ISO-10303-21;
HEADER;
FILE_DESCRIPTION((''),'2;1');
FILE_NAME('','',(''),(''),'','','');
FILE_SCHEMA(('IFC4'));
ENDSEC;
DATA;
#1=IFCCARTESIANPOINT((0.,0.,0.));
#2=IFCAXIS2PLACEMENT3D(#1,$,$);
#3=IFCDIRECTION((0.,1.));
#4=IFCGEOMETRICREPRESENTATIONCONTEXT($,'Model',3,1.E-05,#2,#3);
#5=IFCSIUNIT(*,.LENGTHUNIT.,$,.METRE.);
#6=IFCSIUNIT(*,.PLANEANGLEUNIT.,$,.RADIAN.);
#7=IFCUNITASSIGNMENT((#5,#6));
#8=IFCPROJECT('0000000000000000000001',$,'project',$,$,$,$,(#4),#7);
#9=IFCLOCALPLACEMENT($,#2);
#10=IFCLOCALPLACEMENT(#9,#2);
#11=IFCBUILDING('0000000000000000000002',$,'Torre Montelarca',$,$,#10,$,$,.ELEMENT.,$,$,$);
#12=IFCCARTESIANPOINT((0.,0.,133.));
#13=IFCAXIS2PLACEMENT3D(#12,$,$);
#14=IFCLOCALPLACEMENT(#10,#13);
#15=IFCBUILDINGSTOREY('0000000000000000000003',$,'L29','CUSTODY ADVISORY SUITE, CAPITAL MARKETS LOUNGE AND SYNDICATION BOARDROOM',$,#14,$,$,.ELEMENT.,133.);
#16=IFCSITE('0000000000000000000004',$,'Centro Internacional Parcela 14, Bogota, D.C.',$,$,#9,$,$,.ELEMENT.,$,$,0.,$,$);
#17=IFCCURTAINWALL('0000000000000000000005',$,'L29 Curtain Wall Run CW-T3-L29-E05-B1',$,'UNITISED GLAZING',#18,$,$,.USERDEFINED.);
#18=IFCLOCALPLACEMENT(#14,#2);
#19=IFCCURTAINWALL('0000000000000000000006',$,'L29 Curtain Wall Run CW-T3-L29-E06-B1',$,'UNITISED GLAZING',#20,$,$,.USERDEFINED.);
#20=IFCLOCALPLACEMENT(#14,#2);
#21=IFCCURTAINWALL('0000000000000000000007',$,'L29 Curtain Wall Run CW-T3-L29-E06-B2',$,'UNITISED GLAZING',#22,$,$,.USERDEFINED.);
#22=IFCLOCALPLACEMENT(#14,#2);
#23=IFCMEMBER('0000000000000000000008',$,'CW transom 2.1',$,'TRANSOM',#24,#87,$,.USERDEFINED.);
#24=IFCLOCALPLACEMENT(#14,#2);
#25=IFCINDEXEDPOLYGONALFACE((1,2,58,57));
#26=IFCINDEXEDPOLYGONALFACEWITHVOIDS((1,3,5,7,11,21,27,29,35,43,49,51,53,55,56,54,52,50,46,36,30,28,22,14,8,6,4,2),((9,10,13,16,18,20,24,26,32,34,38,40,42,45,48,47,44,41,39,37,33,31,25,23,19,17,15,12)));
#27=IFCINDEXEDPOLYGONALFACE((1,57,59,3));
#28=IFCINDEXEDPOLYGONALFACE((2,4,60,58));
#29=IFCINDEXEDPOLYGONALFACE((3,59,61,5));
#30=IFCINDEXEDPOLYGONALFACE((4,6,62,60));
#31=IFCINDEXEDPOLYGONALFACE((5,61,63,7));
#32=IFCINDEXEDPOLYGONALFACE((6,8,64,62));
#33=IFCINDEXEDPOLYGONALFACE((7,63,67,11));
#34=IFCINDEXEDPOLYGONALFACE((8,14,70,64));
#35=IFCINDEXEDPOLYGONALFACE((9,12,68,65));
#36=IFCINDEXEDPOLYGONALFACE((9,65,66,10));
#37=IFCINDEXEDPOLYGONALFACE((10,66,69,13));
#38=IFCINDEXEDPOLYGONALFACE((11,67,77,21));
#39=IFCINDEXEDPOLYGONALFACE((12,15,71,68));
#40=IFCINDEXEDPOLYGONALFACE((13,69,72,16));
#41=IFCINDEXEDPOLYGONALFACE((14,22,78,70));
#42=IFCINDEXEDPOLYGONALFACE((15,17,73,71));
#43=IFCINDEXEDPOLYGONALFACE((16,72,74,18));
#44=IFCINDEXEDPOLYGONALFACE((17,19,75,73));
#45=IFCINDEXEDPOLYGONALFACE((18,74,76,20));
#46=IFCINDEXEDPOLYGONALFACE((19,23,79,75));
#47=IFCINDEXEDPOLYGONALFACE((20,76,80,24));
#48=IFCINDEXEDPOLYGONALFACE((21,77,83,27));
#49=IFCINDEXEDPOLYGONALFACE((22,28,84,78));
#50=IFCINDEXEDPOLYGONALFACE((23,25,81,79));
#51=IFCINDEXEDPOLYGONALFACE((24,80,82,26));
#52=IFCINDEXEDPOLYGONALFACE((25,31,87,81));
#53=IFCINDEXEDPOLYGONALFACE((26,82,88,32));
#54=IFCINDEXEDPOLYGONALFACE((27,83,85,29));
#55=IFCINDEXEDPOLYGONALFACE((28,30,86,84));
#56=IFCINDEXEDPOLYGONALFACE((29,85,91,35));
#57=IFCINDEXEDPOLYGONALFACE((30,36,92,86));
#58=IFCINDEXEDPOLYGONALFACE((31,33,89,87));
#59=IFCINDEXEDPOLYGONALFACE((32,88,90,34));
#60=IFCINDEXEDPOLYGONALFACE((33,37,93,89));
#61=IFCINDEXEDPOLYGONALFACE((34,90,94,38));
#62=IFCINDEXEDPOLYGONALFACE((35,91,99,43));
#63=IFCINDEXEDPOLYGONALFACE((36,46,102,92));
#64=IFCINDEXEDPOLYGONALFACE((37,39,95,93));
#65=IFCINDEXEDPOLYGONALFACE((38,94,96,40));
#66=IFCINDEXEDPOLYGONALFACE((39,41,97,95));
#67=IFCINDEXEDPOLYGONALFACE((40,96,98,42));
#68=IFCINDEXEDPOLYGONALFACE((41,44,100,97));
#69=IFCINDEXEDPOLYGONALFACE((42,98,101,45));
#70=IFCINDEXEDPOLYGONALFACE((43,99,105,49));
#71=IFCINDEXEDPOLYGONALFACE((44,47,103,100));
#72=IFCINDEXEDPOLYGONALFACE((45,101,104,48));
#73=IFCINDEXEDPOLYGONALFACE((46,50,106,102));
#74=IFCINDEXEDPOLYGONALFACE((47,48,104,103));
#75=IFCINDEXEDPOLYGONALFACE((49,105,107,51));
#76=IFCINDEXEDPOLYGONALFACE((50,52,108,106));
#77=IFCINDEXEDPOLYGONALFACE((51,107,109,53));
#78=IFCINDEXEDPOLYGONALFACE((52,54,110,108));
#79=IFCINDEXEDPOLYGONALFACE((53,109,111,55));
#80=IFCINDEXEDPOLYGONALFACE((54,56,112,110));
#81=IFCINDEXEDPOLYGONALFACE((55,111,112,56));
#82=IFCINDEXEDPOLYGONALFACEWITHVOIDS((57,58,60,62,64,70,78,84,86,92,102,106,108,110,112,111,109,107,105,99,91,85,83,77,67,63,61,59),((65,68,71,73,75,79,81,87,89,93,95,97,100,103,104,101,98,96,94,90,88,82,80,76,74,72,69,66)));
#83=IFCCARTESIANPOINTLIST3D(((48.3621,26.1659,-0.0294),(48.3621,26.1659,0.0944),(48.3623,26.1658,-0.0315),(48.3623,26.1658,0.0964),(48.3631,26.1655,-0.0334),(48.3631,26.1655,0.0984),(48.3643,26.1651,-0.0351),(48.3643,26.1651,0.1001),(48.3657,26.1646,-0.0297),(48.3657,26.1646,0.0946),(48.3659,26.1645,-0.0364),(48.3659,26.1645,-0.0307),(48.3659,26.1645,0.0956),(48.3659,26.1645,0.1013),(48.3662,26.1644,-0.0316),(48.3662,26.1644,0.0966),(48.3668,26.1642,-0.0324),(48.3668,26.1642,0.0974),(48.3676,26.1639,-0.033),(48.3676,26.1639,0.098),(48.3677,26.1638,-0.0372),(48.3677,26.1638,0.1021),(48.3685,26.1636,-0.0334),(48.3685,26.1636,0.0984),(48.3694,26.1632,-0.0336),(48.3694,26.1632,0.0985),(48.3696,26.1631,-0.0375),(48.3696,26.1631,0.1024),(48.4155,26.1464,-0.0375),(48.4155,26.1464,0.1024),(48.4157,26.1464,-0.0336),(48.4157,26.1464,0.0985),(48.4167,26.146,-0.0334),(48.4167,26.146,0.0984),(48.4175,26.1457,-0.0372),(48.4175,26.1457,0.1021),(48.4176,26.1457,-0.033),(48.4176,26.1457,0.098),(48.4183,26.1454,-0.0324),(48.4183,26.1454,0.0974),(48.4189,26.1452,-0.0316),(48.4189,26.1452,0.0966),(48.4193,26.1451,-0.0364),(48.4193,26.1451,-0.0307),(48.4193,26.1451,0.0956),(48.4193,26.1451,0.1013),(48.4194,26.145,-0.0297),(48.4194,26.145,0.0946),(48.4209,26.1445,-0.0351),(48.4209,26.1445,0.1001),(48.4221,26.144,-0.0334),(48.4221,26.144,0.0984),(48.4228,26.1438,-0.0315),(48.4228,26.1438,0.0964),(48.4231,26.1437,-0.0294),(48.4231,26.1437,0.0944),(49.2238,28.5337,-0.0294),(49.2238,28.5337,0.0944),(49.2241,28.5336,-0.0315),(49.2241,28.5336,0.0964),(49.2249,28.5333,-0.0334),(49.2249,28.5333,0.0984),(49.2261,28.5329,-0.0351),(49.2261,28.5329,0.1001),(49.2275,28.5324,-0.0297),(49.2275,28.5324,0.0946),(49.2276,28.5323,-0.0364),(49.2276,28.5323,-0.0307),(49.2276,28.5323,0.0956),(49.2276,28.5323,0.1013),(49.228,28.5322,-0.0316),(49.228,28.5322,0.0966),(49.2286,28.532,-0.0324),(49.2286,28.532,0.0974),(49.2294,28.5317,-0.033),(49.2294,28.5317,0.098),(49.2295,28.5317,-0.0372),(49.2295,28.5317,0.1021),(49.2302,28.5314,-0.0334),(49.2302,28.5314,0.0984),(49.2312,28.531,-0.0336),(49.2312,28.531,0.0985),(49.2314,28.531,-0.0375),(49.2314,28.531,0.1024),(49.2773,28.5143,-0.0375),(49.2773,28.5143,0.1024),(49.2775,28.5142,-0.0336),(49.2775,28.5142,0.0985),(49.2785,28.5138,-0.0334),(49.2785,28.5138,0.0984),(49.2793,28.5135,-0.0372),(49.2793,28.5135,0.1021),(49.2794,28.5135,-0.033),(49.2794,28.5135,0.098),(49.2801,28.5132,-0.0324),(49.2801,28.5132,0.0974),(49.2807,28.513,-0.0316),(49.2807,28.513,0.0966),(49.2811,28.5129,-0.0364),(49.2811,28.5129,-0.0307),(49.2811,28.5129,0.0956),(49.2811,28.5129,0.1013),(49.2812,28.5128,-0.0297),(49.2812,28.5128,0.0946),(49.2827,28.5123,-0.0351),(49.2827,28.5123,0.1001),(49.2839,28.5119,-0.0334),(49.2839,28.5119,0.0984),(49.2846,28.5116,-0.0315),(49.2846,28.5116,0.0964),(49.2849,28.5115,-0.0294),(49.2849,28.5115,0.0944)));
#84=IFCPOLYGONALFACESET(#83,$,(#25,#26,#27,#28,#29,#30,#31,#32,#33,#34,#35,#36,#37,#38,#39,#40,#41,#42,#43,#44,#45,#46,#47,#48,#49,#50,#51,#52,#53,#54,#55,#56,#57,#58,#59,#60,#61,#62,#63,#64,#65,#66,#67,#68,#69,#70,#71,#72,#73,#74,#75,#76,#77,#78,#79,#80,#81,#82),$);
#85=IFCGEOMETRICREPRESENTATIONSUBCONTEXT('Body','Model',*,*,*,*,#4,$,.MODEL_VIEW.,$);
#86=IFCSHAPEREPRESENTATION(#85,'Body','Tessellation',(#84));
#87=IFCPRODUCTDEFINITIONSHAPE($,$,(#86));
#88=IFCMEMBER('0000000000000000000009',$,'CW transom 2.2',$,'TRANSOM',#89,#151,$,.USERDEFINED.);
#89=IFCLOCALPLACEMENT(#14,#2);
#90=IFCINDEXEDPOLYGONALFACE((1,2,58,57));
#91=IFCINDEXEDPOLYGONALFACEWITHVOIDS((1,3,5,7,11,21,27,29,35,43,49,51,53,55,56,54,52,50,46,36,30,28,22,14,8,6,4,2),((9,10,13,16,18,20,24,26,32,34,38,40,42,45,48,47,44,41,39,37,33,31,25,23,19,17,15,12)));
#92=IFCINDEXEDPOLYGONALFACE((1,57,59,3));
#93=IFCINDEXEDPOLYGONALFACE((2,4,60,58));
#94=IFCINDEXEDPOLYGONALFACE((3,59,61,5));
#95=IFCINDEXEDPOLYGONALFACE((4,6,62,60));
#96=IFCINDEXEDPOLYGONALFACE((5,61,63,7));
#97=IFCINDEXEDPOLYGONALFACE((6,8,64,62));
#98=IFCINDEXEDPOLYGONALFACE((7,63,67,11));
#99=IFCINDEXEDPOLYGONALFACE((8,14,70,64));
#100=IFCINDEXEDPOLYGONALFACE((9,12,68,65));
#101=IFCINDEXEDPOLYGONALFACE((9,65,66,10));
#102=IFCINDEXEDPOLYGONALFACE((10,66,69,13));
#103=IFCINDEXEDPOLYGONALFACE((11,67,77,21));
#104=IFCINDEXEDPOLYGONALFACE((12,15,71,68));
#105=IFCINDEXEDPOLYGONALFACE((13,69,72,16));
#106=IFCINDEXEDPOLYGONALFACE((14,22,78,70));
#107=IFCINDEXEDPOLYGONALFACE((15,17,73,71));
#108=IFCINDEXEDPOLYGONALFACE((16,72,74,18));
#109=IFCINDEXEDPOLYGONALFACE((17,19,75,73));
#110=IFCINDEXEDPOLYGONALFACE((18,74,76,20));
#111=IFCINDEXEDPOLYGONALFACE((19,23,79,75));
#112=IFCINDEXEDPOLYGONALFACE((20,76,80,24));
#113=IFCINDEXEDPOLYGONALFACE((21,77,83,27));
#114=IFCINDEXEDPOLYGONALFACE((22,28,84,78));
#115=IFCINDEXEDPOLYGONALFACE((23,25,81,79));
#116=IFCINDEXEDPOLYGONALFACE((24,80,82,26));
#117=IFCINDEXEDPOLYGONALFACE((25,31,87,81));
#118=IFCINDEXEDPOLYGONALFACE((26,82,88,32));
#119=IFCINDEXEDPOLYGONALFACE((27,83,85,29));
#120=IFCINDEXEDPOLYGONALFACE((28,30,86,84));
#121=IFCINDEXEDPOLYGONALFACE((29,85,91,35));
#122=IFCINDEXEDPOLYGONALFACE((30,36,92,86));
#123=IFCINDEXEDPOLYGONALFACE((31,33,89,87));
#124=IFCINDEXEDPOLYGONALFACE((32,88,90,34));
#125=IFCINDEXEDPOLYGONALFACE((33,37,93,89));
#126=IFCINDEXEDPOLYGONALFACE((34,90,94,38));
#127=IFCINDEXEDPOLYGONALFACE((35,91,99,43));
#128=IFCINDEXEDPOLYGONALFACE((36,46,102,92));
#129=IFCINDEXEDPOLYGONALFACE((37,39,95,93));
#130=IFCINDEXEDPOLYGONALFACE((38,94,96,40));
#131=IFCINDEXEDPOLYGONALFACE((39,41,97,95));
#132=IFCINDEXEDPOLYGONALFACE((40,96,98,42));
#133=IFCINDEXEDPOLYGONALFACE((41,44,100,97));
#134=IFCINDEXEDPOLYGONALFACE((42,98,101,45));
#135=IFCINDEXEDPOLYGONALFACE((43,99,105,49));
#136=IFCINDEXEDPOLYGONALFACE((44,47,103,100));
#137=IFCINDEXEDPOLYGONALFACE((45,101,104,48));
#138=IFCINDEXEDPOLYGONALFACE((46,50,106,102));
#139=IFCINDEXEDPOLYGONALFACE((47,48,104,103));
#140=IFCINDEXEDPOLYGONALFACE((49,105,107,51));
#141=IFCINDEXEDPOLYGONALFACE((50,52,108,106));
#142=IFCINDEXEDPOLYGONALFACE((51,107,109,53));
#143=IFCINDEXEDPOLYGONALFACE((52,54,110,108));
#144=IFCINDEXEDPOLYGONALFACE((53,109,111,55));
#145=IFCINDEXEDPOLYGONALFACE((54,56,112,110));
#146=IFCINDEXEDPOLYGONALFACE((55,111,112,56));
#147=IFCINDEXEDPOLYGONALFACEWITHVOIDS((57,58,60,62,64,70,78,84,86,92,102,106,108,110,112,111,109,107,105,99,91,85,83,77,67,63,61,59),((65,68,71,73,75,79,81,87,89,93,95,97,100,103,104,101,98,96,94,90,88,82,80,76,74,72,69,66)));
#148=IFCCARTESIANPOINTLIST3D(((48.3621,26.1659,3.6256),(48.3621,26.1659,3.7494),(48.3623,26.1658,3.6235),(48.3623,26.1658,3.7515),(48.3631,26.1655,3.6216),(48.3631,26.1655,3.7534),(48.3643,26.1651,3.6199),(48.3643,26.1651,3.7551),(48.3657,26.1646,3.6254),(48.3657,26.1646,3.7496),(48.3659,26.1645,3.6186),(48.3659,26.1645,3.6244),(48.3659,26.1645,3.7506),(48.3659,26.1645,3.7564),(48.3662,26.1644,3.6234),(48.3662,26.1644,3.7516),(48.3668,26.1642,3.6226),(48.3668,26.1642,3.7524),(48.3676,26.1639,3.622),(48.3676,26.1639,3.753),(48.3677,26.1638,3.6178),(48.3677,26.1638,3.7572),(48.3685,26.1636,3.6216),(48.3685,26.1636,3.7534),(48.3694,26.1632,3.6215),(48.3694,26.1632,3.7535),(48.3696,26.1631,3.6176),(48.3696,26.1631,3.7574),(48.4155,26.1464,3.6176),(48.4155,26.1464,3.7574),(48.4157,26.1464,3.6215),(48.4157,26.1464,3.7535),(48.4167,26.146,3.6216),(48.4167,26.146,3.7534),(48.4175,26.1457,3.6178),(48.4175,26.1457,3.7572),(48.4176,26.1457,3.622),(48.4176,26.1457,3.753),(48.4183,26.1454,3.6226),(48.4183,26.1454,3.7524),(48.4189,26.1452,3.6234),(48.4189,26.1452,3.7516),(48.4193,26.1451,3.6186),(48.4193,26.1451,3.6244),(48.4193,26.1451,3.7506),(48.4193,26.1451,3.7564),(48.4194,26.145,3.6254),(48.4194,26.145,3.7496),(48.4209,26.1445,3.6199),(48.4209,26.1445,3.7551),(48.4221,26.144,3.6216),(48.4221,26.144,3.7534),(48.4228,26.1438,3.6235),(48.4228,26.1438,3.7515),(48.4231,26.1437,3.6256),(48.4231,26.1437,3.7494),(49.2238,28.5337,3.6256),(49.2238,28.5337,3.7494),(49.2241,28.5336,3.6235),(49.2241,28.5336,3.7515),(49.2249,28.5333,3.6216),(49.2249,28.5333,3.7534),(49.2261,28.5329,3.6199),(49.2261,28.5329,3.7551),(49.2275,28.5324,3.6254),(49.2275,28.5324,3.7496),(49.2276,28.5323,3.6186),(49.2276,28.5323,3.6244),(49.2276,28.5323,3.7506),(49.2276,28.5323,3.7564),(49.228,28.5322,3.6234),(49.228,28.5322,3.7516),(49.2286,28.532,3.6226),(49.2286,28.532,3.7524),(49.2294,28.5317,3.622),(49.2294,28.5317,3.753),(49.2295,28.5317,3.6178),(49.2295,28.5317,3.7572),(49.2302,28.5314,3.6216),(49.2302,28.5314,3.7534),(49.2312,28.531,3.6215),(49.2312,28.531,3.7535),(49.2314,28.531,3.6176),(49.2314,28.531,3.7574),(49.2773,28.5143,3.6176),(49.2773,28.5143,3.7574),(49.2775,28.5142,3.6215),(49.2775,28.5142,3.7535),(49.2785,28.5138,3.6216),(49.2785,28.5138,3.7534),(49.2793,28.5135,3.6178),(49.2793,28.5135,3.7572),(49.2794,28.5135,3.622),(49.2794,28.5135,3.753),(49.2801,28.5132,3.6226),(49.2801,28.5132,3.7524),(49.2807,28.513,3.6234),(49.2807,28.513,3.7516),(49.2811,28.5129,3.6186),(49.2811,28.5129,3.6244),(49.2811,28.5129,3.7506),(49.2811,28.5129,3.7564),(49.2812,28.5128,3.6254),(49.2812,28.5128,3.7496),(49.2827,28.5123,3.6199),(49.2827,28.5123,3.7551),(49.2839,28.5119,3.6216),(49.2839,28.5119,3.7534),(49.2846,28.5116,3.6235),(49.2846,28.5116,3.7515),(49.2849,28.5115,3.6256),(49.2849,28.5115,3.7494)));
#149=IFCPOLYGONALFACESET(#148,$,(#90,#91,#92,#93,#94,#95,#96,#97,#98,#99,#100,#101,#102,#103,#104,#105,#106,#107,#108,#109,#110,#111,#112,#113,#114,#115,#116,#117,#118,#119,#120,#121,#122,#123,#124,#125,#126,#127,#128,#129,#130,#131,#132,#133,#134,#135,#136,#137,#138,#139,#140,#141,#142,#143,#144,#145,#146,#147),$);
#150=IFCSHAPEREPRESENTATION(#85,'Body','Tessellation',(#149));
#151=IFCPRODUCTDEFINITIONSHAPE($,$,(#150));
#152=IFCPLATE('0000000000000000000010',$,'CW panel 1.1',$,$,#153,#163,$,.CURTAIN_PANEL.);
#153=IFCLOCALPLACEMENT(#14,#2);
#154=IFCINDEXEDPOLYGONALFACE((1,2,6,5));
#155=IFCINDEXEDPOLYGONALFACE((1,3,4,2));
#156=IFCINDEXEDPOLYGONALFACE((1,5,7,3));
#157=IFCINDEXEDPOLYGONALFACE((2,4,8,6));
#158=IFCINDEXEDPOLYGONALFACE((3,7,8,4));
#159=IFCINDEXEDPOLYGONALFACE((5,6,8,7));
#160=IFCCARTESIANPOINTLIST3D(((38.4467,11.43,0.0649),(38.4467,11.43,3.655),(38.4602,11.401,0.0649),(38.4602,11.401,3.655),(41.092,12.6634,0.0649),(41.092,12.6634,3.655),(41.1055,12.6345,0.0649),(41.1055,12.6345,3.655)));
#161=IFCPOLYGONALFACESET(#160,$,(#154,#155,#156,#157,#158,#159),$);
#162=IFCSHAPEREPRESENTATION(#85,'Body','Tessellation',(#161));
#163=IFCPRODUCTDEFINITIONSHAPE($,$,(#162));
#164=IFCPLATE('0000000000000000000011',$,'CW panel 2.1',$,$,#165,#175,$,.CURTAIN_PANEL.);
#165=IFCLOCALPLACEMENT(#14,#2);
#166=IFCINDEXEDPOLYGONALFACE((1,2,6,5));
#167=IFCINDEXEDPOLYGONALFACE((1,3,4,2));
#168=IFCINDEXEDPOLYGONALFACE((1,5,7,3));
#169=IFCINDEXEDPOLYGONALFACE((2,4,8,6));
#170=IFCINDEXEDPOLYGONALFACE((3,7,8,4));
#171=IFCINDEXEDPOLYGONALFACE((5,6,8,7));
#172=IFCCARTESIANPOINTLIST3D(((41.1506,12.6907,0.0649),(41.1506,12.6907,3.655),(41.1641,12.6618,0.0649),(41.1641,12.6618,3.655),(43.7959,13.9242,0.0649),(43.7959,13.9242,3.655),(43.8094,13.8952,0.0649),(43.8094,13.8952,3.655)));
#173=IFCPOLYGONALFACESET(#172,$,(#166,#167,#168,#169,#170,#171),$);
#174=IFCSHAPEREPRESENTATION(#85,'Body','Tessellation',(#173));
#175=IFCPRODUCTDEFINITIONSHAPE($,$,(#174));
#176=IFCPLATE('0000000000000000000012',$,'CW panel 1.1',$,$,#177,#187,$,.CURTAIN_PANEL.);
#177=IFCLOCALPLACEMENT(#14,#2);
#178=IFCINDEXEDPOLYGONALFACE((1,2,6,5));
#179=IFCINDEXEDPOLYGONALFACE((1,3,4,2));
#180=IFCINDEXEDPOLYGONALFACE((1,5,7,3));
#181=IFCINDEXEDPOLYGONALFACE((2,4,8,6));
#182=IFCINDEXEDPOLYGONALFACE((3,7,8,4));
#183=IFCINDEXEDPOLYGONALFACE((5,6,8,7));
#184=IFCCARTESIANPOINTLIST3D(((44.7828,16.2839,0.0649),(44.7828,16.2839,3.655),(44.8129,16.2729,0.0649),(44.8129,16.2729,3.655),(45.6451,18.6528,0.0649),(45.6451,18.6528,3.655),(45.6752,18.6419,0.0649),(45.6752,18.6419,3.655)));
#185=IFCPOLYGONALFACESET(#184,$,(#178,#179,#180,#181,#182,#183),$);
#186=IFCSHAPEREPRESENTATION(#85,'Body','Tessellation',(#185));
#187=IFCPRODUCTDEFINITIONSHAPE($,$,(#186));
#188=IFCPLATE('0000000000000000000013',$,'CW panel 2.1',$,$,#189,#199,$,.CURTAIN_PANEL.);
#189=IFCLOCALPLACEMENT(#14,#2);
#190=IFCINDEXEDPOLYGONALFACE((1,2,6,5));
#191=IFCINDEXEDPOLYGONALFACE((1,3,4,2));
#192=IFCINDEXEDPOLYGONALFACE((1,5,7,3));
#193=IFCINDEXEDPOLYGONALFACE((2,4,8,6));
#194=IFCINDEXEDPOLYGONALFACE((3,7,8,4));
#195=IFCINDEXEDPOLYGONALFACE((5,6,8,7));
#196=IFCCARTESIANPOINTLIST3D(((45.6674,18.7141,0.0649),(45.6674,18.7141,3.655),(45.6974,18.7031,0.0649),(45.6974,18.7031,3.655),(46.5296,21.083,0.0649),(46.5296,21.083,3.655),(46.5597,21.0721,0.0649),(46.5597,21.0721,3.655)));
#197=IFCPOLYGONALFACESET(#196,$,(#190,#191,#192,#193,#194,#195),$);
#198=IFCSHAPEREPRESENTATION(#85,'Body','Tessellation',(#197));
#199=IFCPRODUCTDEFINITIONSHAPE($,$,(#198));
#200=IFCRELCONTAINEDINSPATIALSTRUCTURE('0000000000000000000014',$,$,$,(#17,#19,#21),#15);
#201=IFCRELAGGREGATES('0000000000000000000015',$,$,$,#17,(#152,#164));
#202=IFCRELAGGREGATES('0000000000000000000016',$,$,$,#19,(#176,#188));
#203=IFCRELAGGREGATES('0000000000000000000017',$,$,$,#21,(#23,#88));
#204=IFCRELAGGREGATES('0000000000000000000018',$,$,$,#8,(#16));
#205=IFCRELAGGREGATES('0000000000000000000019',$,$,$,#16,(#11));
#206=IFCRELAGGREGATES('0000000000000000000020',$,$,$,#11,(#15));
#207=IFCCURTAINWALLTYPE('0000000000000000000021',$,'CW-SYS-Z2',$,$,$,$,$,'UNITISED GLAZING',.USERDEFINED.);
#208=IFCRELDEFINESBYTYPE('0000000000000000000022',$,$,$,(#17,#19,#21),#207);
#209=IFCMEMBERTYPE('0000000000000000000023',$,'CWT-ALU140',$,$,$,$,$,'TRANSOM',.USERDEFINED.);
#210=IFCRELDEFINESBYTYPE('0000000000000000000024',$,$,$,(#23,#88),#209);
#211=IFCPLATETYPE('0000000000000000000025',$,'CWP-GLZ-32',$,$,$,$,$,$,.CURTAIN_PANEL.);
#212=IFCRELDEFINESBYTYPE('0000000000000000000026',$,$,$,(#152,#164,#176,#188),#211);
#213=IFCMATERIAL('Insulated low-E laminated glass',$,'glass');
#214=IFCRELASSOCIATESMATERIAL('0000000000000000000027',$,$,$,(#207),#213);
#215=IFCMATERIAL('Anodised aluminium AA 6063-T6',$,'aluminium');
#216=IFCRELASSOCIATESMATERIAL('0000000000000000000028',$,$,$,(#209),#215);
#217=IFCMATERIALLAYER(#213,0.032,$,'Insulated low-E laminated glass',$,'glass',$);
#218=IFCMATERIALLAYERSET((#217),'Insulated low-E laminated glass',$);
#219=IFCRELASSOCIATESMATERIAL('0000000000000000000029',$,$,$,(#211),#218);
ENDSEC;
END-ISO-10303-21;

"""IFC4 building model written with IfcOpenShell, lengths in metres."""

from ifc_helpers import new_model, si_unit, direction, frame, origin, origin_2d, place, context, subcontext, project, spatial, rectangle, hollow_rectangle, extrude, source, transform, mapped, material, layer, layer_set, material_profile, profile_set, type_object, element, aggregate, save


model = new_model("IFC4")

# Units and contexts
model_context = context("Model", 3, precision=1e-05, world=origin(), true_north=direction((0.0, 1.0)))
body_context = subcontext(model_context, "Body", "Model", "MODEL_VIEW")
ifc_project = project(units=[si_unit("LENGTHUNIT", "METRE"), si_unit("PLANEANGLEUNIT", "RADIAN")], contexts=[model_context])

# Site, building, storey
site_placement = place(None, origin())
site = spatial("IfcSite", under=ifc_project, at=site_placement, Name="Centro Internacional Parcela 14, Bogota, D.C.", CompositionType="ELEMENT", RefElevation=0.0)
building_placement = place(site_placement, origin())
building = spatial("IfcBuilding", under=site, at=building_placement, Name="Torre Montelarca", CompositionType="ELEMENT")
storey_placement = place(building_placement, frame((0.0, 0.0, 133.0)))
storey = spatial("IfcBuildingStorey", under=building, at=storey_placement, Name="L29", Description="CUSTODY ADVISORY SUITE, CAPITAL MARKETS LOUNGE AND SYNDICATION BOARDROOM", CompositionType="ELEMENT", Elevation=133.0)

# Curtain walls
ifc_material_1 = material(Name="Insulated low-E laminated glass", Category="glass")
curtain_wall_type = type_object("IfcCurtainWallType", Name="CW-SYS-Z2", ElementType="UNITISED GLAZING", PredefinedType="USERDEFINED", material=ifc_material_1)
curtain_wall_1_placement = place(storey_placement, origin())
curtain_wall_1 = element("IfcCurtainWall", 1, at=curtain_wall_1_placement, inside=storey, type_object=curtain_wall_type, Name="L29 Curtain Wall Run CW-T3-L29-E05-B1", ObjectType="UNITISED GLAZING", PredefinedType="USERDEFINED")
ifc_material_2 = material(Name="Anodised aluminium AA 6063-T6", Category="aluminium")
ifc_material_profile_1 = material_profile(ifc_material_2, hollow_rectangle(XDim=0.0649, YDim=0.1399, WallThickness=0.0039, InnerFilletRadius=0.0039, OuterFilletRadius=0.0081, at=origin_2d()), Name="ALU65X140X4", Category="aluminium")
ifc_profile_set_1 = profile_set([ifc_material_profile_1], Name="Anodised aluminium AA 6063-T6")
member_type_1 = type_object("IfcMemberType", Name="CWT-ALU140", ElementType="TRANSOM", PredefinedType="USERDEFINED", material=ifc_profile_set_1)
curtain_wall_2_placement = place(storey_placement, origin())
curtain_wall_2 = element("IfcCurtainWall", 2, at=curtain_wall_2_placement, inside=storey, type_object=curtain_wall_type, Name="L29 Curtain Wall Run CW-T3-L29-E06-B1", ObjectType="UNITISED GLAZING", PredefinedType="USERDEFINED")
curtain_wall_3_placement = place(storey_placement, origin())
curtain_wall_3 = element("IfcCurtainWall", 3, at=curtain_wall_3_placement, inside=storey, type_object=curtain_wall_type, Name="L29 Curtain Wall Run CW-T3-L29-E06-B2", ObjectType="UNITISED GLAZING", PredefinedType="USERDEFINED")

# Members
shared_shape_1 = source(origin(), body_context, "Body", "SweptSolid", [
    extrude(hollow_rectangle(XDim=0.0649, YDim=0.1399, WallThickness=0.0039, InnerFilletRadius=0.0039, OuterFilletRadius=0.0081, at=origin_2d()), origin(), (0.0, 0.0, 1.0), 2.5198),
])
member_1_placement = place(storey_placement, frame((48.3926, 26.1548, 0.0325), z_axis=(0.342008, 0.939697, 0.0), x_axis=(-0.939697, 0.342008, 0.0)))
member_1 = element("IfcMember", 4, at=member_1_placement, type_object=member_type_1, Name="CW transom 2.1", ObjectType="TRANSOM", PredefinedType="USERDEFINED", context=body_context, shape_type="MappedRepresentation", body=[
    mapped(shared_shape_1, transform((0.0, 0.0, 0.0), scale=1.0)),
])
member_2_placement = place(storey_placement, frame((48.3926, 26.1548, 3.6875), z_axis=(0.342008, 0.939697, 0.0), x_axis=(-0.939697, 0.342008, 0.0)))
member_2 = element("IfcMember", 5, at=member_2_placement, type_object=member_type_1, Name="CW transom 2.2", ObjectType="TRANSOM", PredefinedType="USERDEFINED", context=body_context, shape_type="MappedRepresentation", body=[
    mapped(shared_shape_1, transform((0.0, 0.0, 0.0), scale=1.0)),
])

# Plates
ifc_layer_1 = layer(ifc_material_1, 0.032, Name="Insulated low-E laminated glass", Category="glass")
ifc_layer_set_1 = layer_set([ifc_layer_1], Name="Insulated low-E laminated glass")
plate_type = type_object("IfcPlateType", Name="CWP-GLZ-32", PredefinedType="CURTAIN_PANEL", material=ifc_layer_set_1)
shared_shape_2 = source(origin(), body_context, "Body", "SweptSolid", [
    extrude(rectangle(XDim=2.9187, YDim=0.032, at=origin_2d()), origin(), (0.0, 0.0, 1.0), 3.5901),
])
plate_1_placement = place(storey_placement, frame((39.7761, 12.0322, 0.0649), z_axis=(0.0, 0.0, 1.0), x_axis=(0.906317, 0.422598, 0.0)))
plate_1 = element("IfcPlate", 6, at=plate_1_placement, type_object=plate_type, Name="CW panel 1.1", PredefinedType="CURTAIN_PANEL", context=body_context, shape_type="MappedRepresentation", body=[
    mapped(shared_shape_2, transform((0.0, 0.0, 0.0), scale=1.0)),
])
plate_2_placement = place(storey_placement, frame((42.48, 13.293, 0.0649), z_axis=(0.0, 0.0, 1.0), x_axis=(0.906317, 0.422598, 0.0)))
plate_2 = element("IfcPlate", 7, at=plate_2_placement, type_object=plate_type, Name="CW panel 2.1", PredefinedType="CURTAIN_PANEL", context=body_context, shape_type="MappedRepresentation", body=[
    mapped(shared_shape_2, transform((0.0, 0.0, 0.0), scale=1.0)),
])
aggregate(curtain_wall_1, [plate_1, plate_2])
shared_shape_3 = source(origin(), body_context, "Body", "SweptSolid", [
    extrude(rectangle(XDim=2.521, YDim=0.032, at=origin_2d()), origin(), (0.0, 0.0, 1.0), 3.5901),
])
plate_3_placement = place(storey_placement, frame((45.229, 17.4629, 0.0649), z_axis=(0.0, 0.0, 1.0), x_axis=(0.342031, 0.939689, 0.0)))
plate_3 = element("IfcPlate", 8, at=plate_3_placement, type_object=plate_type, Name="CW panel 1.1", PredefinedType="CURTAIN_PANEL", context=body_context, shape_type="MappedRepresentation", body=[
    mapped(shared_shape_3, transform((0.0, 0.0, 0.0), scale=1.0)),
])
plate_4_placement = place(storey_placement, frame((46.1135, 19.8931, 0.0649), z_axis=(0.0, 0.0, 1.0), x_axis=(0.342031, 0.939689, 0.0)))
plate_4 = element("IfcPlate", 9, at=plate_4_placement, type_object=plate_type, Name="CW panel 2.1", PredefinedType="CURTAIN_PANEL", context=body_context, shape_type="MappedRepresentation", body=[
    mapped(shared_shape_3, transform((0.0, 0.0, 0.0), scale=1.0)),
])
aggregate(curtain_wall_2, [plate_3, plate_4])
aggregate(curtain_wall_3, [member_1, member_2])

save(model, "model.ifc")
